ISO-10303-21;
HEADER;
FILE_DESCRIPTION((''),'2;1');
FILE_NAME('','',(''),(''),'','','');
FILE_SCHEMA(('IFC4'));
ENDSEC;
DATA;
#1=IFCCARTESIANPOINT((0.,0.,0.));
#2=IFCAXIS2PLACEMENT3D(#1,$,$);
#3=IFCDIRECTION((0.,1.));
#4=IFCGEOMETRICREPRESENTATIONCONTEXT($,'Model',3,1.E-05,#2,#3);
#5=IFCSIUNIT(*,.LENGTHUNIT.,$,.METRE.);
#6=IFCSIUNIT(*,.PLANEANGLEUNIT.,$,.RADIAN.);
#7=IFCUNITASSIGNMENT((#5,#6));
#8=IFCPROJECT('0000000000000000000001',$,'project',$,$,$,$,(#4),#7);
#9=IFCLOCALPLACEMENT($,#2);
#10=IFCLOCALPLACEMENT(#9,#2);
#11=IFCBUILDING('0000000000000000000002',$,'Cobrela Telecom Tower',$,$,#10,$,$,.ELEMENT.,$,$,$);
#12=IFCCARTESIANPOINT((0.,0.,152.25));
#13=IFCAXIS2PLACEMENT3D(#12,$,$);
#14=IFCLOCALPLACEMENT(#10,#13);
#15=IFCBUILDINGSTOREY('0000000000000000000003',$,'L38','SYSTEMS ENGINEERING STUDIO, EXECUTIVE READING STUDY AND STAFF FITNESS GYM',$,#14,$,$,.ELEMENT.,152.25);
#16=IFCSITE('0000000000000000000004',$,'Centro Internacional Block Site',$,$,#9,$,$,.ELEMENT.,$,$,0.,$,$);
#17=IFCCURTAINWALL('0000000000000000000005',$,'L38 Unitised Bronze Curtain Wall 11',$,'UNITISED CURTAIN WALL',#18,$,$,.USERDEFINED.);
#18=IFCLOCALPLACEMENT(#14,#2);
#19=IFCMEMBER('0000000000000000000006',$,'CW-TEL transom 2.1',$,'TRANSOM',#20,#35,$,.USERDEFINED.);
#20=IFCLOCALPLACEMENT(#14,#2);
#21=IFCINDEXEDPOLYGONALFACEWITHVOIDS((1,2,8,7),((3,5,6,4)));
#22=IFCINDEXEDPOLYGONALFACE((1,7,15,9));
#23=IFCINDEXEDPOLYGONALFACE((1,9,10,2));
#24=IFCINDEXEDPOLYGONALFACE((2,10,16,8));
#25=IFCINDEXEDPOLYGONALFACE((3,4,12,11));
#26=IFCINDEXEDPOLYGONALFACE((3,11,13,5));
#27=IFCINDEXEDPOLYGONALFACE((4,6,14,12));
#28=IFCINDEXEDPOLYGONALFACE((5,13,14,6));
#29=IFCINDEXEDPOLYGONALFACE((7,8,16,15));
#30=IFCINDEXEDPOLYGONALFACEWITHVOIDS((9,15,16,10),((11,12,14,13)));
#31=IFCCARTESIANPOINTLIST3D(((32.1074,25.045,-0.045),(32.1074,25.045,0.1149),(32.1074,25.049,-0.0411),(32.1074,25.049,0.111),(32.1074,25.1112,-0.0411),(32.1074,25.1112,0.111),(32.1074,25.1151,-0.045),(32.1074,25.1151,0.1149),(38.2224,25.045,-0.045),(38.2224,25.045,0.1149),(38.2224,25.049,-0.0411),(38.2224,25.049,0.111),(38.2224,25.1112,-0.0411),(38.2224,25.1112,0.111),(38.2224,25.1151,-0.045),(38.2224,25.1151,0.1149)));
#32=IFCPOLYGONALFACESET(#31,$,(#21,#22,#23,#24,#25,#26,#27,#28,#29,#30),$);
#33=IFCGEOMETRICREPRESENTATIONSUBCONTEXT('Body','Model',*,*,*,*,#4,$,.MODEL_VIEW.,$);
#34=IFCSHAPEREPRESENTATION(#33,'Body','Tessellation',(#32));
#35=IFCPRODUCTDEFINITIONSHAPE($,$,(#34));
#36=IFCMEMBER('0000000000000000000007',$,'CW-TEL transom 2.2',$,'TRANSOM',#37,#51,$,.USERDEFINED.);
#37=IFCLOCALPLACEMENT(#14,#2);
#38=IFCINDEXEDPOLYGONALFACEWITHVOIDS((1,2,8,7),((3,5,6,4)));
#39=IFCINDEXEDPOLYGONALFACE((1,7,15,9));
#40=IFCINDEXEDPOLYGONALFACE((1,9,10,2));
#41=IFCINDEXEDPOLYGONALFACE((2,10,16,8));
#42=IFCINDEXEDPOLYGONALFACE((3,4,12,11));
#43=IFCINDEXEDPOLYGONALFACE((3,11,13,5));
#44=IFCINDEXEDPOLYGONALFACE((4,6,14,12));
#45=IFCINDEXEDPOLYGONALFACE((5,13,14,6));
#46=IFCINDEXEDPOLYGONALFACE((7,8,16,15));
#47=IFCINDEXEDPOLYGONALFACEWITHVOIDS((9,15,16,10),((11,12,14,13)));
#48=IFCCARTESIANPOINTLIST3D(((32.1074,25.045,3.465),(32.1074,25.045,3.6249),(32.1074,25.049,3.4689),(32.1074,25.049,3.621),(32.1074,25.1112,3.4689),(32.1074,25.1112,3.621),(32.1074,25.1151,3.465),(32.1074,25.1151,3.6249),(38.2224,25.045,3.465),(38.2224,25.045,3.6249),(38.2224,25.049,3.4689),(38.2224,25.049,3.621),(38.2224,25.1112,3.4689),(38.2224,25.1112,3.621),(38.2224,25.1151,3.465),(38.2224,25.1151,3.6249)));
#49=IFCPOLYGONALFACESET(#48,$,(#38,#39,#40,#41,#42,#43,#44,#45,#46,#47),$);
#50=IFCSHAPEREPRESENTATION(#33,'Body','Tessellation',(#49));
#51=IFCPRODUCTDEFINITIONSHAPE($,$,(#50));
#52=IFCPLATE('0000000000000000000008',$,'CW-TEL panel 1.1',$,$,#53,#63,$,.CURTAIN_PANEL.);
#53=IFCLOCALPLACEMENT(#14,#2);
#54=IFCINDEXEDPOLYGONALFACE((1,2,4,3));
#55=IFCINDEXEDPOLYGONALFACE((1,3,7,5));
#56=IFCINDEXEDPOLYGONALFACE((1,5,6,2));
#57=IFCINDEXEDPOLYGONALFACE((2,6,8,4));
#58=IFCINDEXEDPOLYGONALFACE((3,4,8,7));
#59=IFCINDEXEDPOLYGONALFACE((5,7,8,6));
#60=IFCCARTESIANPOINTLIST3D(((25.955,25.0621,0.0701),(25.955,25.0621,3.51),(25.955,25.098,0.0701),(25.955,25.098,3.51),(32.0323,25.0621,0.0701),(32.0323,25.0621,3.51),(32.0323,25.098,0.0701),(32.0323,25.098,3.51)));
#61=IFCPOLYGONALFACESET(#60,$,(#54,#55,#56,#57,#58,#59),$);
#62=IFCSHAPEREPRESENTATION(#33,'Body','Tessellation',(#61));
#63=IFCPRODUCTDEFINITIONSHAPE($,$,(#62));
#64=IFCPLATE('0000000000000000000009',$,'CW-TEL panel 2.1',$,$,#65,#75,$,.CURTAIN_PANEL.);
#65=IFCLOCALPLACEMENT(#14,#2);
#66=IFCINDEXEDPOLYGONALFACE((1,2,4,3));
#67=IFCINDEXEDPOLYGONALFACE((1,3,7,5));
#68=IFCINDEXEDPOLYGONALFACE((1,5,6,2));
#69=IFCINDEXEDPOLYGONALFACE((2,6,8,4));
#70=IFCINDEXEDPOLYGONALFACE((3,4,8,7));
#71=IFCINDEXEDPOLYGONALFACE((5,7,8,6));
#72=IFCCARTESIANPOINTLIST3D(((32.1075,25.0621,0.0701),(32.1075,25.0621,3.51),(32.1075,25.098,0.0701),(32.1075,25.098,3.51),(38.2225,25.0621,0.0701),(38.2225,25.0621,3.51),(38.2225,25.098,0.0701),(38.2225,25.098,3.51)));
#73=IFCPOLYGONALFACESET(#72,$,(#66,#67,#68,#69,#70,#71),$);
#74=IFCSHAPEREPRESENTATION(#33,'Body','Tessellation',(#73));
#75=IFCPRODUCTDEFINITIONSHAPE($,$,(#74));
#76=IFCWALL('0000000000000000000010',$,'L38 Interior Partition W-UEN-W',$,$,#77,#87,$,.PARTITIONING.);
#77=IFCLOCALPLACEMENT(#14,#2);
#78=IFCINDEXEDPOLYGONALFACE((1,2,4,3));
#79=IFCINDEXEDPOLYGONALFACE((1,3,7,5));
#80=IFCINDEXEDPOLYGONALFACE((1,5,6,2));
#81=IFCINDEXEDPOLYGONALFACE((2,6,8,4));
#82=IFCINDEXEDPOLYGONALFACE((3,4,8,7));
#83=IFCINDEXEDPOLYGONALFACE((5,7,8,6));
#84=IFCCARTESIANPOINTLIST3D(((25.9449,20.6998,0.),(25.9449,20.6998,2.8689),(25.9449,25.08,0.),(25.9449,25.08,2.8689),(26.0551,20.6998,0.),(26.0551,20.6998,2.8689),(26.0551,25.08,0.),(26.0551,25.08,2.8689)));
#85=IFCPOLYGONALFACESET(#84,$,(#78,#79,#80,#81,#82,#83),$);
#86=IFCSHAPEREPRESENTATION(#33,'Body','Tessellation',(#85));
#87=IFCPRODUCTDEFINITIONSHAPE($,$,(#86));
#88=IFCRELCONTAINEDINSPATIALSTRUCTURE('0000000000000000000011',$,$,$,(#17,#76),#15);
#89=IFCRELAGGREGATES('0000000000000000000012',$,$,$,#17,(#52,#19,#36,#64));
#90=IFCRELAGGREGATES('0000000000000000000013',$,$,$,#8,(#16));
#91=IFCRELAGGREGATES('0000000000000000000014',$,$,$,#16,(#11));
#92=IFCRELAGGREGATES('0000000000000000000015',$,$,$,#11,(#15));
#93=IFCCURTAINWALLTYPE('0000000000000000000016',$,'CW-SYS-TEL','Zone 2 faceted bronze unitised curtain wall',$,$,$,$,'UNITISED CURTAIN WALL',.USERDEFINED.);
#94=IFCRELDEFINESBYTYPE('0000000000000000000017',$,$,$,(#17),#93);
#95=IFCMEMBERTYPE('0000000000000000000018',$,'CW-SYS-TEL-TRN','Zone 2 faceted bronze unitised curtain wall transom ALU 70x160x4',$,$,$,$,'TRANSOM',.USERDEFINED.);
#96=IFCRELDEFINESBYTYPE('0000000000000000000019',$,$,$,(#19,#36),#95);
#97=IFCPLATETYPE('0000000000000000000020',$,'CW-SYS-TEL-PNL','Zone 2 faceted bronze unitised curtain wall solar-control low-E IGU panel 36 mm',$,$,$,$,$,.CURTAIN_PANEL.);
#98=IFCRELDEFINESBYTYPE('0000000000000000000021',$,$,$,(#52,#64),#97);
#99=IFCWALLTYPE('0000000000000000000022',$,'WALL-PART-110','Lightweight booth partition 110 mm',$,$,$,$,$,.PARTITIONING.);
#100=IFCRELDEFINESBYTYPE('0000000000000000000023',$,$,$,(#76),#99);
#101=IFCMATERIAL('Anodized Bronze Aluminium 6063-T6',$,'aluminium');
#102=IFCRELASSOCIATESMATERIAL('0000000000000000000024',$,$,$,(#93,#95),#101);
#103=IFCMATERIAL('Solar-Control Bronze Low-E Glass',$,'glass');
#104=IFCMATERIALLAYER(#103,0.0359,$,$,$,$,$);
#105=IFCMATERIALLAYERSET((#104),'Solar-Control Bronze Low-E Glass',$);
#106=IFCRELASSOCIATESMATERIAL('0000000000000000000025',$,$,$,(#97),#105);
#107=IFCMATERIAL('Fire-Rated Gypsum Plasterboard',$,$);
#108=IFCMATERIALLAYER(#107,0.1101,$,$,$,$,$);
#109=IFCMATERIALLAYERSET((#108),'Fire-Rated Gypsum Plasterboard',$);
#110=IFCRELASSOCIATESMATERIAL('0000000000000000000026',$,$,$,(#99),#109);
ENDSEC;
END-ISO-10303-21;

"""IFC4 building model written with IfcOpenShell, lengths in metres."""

from ifc_helpers import new_model, si_unit, direction, frame, frame_2d, origin, origin_2d, place, context, subcontext, project, spatial, rectangle, hollow_rectangle, extrude, material, layer, layer_set, material_profile, profile_set, type_object, element, aggregate, save


model = new_model("IFC4")

# Units and contexts
model_context = context("Model", 3, precision=1e-05, world=origin(), true_north=direction((0.0, 1.0)))
body_context = subcontext(model_context, "Body", "Model", "MODEL_VIEW")
ifc_project = project(units=[si_unit("LENGTHUNIT", "METRE"), si_unit("PLANEANGLEUNIT", "RADIAN")], contexts=[model_context])

# Site, building, storey
site_placement = place(None, origin())
site = spatial("IfcSite", under=ifc_project, at=site_placement, Name="Centro Internacional Block Site", CompositionType="ELEMENT", RefElevation=0.0)
building_placement = place(site_placement, origin())
building = spatial("IfcBuilding", under=site, at=building_placement, Name="Cobrela Telecom Tower", CompositionType="ELEMENT")
storey_placement = place(building_placement, frame((0.0, 0.0, 152.25)))
storey = spatial("IfcBuildingStorey", under=building, at=storey_placement, Name="L38", Description="SYSTEMS ENGINEERING STUDIO, EXECUTIVE READING STUDY AND STAFF FITNESS GYM", CompositionType="ELEMENT", Elevation=152.25)

# Curtain wall, members, plates
ifc_material_1 = material(Name="Anodized Bronze Aluminium 6063-T6", Category="aluminium")
curtain_wall_type = type_object("IfcCurtainWallType", Name="CW-SYS-TEL", Description="Zone 2 faceted bronze unitised curtain wall", ElementType="UNITISED CURTAIN WALL", PredefinedType="USERDEFINED", material=ifc_material_1)
curtain_wall_placement = place(storey_placement, origin())
curtain_wall = element("IfcCurtainWall", 1, at=curtain_wall_placement, inside=storey, type_object=curtain_wall_type, Name="L38 Unitised Bronze Curtain Wall 11", ObjectType="UNITISED CURTAIN WALL", PredefinedType="USERDEFINED")
ifc_material_profile_1 = material_profile(ifc_material_1, hollow_rectangle(XDim=0.0701, YDim=0.1599, WallThickness=0.0039, at=origin_2d()), Name="ALU 70x160x4")
ifc_profile_set_1 = profile_set([ifc_material_profile_1], Name="Anodized Bronze Aluminium 6063-T6")
member_type_1 = type_object("IfcMemberType", Name="CW-SYS-TEL-TRN", Description="Zone 2 faceted bronze unitised curtain wall transom ALU 70x160x4", ElementType="TRANSOM", PredefinedType="USERDEFINED", material=ifc_profile_set_1)
member_1_placement = place(storey_placement, frame((32.1074, 25.0801, 0.0349), z_axis=(1.0, 0.0, 0.0), x_axis=(0.0, 1.0, 0.0)))
member_1 = element("IfcMember", 2, at=member_1_placement, type_object=member_type_1, Name="CW-TEL transom 2.1", ObjectType="TRANSOM", PredefinedType="USERDEFINED", context=body_context, shape_type="SweptSolid", body=[
    extrude(hollow_rectangle(XDim=0.0701, YDim=0.1599, WallThickness=0.0039, at=origin_2d()), origin(), (0.0, 0.0, 1.0), 6.115),
])
member_2_placement = place(storey_placement, frame((32.1074, 25.0801, 3.5449), z_axis=(1.0, 0.0, 0.0), x_axis=(0.0, 1.0, 0.0)))
member_2 = element("IfcMember", 3, at=member_2_placement, type_object=member_type_1, Name="CW-TEL transom 2.2", ObjectType="TRANSOM", PredefinedType="USERDEFINED", context=body_context, shape_type="SweptSolid", body=[
    extrude(hollow_rectangle(XDim=0.0701, YDim=0.1599, WallThickness=0.0039, at=origin_2d()), origin(), (0.0, 0.0, 1.0), 6.115),
])
ifc_material_2 = material(Name="Solar-Control Bronze Low-E Glass", Category="glass")
ifc_layer_1 = layer(ifc_material_2, 0.0359)
ifc_layer_set_1 = layer_set([ifc_layer_1], Name="Solar-Control Bronze Low-E Glass")
plate_type = type_object("IfcPlateType", Name="CW-SYS-TEL-PNL", Description="Zone 2 faceted bronze unitised curtain wall solar-control low-E IGU panel 36 mm", PredefinedType="CURTAIN_PANEL", material=ifc_layer_set_1)
plate_1_placement = place(storey_placement, frame((28.9937, 25.0801, 0.0701), z_axis=(0.0, 0.0, 1.0), x_axis=(1.0, 0.0, 0.0)))
plate_1 = element("IfcPlate", 4, at=plate_1_placement, type_object=plate_type, Name="CW-TEL panel 1.1", PredefinedType="CURTAIN_PANEL", context=body_context, shape_type="SweptSolid", body=[
    extrude(rectangle(XDim=6.0774, YDim=0.0359, at=origin_2d()), origin(), (0.0, 0.0, 1.0), 3.4399),
])
plate_2_placement = place(storey_placement, frame((35.165, 25.0801, 0.0701), z_axis=(0.0, 0.0, 1.0), x_axis=(1.0, 0.0, 0.0)))
plate_2 = element("IfcPlate", 5, at=plate_2_placement, type_object=plate_type, Name="CW-TEL panel 2.1", PredefinedType="CURTAIN_PANEL", context=body_context, shape_type="SweptSolid", body=[
    extrude(rectangle(XDim=6.115, YDim=0.0359, at=origin_2d()), origin(), (0.0, 0.0, 1.0), 3.4399),
])
aggregate(curtain_wall, [plate_1, member_1, member_2, plate_2])

# Wall
ifc_material_3 = material(Name="Fire-Rated Gypsum Plasterboard")
ifc_layer_2 = layer(ifc_material_3, 0.1101)
ifc_layer_set_2 = layer_set([ifc_layer_2], Name="Fire-Rated Gypsum Plasterboard")
wall_type = type_object("IfcWallType", Name="WALL-PART-110", Description="Lightweight booth partition 110 mm", PredefinedType="PARTITIONING", material=ifc_layer_set_2)
wall_placement = place(storey_placement, frame((26.0, 20.7, 0.0), z_axis=(0.0, 0.0, 1.0), x_axis=(0.0, 1.0, 0.0)))
element("IfcWall", 6, at=wall_placement, inside=storey, type_object=wall_type, Name="L38 Interior Partition W-UEN-W", PredefinedType="PARTITIONING", context=body_context, shape_type="SweptSolid", body=[
    extrude(rectangle(XDim=4.3801, YDim=0.1101, at=frame_2d((2.1899, 0.0))), origin(), (0.0, 0.0, 1.0), 2.8689),
])

save(model, "model.ifc")
